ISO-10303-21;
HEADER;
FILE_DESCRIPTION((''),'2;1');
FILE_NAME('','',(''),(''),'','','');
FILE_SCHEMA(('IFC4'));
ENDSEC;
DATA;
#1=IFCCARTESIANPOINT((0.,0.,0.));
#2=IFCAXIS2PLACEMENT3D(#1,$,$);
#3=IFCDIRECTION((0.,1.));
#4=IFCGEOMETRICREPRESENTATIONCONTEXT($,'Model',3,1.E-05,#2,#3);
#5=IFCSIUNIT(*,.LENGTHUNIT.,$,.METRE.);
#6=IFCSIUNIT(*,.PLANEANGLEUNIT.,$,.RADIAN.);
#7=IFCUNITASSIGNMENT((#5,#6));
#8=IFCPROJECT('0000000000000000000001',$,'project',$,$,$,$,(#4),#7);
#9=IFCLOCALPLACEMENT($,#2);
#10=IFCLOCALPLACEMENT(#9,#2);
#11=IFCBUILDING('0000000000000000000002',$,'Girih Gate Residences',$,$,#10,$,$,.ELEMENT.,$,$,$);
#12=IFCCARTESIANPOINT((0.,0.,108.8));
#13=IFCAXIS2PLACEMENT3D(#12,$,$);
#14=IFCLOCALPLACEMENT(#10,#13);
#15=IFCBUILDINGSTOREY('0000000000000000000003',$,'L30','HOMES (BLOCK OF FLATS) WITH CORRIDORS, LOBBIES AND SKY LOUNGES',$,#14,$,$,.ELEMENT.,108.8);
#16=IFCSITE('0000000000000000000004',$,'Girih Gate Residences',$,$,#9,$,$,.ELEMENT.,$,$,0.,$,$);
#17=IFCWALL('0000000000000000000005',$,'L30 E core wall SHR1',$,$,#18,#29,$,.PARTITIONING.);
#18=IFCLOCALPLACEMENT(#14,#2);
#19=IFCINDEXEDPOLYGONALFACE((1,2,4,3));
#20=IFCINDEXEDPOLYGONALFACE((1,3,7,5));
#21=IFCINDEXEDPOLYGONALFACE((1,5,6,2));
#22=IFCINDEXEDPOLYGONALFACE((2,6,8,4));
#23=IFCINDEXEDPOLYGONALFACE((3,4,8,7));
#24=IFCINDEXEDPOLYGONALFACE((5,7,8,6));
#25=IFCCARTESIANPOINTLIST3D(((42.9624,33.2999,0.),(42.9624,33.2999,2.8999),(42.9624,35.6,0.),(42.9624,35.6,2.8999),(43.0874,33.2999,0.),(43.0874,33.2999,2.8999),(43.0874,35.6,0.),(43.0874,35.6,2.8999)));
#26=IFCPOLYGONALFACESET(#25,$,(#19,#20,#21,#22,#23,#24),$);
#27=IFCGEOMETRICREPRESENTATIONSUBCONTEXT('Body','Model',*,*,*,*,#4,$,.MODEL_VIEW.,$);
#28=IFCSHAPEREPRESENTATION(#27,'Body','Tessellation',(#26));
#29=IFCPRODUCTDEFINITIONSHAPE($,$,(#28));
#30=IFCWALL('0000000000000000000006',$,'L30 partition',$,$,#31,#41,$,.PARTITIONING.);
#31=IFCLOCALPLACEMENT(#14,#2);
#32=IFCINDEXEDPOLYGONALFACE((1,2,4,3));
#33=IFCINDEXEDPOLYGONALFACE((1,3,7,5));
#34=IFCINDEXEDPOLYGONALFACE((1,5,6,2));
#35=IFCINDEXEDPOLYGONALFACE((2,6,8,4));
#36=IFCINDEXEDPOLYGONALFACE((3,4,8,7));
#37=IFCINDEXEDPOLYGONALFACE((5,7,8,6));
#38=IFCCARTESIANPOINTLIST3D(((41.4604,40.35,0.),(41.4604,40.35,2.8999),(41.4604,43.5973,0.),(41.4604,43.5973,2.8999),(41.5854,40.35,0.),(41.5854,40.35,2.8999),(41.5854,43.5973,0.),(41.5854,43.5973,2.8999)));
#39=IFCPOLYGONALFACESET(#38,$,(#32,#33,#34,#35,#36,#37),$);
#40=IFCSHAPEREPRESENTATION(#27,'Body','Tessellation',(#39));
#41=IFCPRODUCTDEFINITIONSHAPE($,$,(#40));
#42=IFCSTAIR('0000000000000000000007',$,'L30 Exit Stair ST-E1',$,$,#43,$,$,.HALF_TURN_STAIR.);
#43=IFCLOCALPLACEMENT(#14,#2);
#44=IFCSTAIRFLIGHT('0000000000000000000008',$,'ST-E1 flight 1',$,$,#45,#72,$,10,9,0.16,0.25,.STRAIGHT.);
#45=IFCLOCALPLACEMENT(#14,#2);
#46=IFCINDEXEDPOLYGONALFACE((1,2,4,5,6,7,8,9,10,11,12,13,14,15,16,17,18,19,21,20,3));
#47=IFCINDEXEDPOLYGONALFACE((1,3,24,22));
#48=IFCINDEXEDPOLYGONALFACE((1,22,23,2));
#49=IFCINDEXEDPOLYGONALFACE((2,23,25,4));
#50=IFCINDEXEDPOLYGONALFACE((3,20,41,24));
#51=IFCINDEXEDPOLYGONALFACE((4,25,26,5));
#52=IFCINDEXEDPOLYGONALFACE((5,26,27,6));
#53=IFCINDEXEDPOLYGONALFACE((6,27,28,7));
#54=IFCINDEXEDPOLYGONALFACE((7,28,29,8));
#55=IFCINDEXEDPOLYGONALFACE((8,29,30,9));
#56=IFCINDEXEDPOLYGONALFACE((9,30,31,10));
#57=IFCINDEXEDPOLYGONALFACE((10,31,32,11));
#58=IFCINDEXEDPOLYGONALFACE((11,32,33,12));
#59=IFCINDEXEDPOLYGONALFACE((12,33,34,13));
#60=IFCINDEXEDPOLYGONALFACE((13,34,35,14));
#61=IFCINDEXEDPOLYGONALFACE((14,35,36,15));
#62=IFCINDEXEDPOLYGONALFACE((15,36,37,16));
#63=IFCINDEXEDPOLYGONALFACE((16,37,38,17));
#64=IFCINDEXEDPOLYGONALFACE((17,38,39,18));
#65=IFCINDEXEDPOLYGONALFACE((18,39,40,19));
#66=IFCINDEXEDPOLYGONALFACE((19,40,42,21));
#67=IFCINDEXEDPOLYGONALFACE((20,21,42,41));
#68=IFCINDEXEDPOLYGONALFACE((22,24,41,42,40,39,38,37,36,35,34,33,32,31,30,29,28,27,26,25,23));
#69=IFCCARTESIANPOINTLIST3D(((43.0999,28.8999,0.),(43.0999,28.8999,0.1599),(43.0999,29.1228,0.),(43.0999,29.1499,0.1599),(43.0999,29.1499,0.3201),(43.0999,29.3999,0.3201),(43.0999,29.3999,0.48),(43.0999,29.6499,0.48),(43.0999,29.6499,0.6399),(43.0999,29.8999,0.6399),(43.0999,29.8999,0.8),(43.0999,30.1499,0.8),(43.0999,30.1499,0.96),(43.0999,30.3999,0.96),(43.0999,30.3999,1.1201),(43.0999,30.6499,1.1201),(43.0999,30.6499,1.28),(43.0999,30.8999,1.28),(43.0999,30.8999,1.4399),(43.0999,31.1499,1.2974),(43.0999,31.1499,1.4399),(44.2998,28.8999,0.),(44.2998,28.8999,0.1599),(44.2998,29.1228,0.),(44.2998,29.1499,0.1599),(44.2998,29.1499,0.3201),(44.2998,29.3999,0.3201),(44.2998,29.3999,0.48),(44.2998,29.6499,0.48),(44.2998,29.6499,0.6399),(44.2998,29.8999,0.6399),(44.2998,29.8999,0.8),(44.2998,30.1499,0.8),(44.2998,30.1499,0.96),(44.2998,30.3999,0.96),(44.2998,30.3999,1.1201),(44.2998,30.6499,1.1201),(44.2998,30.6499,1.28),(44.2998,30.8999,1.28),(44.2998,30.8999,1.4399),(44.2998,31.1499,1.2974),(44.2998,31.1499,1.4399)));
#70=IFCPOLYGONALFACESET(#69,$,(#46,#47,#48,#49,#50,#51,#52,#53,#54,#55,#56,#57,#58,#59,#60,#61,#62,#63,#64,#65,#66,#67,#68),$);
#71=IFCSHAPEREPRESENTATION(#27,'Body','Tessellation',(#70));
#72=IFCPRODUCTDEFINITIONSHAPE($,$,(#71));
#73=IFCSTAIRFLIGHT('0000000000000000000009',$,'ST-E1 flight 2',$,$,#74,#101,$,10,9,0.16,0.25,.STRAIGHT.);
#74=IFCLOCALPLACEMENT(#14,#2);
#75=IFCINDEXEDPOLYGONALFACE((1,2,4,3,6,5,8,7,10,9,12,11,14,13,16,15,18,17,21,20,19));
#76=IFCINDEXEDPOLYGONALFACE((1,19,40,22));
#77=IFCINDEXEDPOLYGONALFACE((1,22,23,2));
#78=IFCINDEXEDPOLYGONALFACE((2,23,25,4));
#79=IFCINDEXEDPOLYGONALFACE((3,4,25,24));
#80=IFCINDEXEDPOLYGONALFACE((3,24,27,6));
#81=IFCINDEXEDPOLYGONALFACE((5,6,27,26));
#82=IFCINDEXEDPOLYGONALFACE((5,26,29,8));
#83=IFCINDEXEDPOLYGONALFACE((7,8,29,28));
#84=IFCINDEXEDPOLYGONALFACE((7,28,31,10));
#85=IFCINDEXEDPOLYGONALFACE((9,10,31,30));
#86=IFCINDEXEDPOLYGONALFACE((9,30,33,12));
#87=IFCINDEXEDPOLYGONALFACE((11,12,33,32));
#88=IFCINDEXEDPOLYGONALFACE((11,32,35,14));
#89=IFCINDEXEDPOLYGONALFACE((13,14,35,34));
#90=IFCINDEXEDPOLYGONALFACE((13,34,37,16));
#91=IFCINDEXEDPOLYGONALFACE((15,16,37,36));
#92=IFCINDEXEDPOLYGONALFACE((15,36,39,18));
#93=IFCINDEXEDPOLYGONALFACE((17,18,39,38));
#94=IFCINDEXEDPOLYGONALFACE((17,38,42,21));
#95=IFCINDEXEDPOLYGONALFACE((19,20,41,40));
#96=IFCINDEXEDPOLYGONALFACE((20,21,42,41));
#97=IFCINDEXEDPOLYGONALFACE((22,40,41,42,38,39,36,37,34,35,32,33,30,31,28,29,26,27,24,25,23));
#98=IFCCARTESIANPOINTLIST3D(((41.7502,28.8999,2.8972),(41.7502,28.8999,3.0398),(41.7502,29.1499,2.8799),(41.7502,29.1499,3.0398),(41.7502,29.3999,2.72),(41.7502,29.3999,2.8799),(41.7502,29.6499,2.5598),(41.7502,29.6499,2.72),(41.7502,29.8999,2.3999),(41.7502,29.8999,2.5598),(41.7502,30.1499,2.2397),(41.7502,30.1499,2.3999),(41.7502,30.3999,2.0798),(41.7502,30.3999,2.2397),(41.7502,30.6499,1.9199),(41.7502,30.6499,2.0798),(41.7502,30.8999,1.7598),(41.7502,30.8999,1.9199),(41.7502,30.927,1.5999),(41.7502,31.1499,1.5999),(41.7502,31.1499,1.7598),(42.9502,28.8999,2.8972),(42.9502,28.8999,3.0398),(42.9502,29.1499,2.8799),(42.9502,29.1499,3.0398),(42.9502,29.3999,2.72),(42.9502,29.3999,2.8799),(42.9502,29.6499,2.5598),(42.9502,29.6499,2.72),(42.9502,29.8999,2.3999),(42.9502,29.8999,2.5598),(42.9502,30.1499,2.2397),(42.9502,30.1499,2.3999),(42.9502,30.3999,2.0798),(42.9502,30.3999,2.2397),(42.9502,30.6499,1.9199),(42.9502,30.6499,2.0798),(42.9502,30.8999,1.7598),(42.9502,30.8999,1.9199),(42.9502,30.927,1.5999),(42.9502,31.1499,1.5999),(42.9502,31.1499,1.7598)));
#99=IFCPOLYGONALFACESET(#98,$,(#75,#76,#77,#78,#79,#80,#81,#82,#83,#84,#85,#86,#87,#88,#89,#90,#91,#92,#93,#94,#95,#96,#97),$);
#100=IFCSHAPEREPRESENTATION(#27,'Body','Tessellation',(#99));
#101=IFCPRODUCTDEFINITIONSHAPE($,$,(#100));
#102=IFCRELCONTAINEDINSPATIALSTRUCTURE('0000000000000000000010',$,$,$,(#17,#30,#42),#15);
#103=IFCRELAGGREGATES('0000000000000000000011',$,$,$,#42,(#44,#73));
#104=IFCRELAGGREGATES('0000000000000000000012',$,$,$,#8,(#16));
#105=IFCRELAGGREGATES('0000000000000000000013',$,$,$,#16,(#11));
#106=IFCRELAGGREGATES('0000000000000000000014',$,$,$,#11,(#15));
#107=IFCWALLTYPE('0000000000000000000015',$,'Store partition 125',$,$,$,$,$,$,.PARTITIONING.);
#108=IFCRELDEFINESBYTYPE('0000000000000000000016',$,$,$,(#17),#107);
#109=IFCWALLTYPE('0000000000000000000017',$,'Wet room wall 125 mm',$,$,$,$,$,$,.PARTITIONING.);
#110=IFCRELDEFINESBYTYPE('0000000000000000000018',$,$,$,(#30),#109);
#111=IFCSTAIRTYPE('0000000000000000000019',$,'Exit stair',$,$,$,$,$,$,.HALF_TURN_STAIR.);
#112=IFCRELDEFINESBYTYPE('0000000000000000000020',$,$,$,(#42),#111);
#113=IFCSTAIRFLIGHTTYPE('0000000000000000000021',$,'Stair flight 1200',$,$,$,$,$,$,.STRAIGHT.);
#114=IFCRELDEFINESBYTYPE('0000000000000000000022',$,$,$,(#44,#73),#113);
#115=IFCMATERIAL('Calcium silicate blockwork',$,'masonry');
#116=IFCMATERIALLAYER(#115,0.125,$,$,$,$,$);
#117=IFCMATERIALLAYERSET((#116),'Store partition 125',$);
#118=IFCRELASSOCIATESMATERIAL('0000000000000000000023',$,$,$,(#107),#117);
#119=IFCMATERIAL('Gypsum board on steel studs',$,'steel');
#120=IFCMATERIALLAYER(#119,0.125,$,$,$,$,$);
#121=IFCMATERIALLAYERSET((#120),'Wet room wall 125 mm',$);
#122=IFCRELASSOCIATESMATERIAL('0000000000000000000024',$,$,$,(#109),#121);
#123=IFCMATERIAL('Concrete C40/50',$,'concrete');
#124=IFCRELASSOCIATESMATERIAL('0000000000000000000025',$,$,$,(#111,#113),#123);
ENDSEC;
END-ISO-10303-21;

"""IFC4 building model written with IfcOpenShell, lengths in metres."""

from ifc_helpers import new_model, si_unit, direction, frame, frame_2d, origin, place, context, subcontext, project, spatial, polyline, rectangle, outline, extrude, material, layer, layer_set, type_object, element, aggregate, save


model = new_model("IFC4")

# Units and contexts
model_context = context("Model", 3, precision=1e-05, world=origin(), true_north=direction((0.0, 1.0)))
body_context = subcontext(model_context, "Body", "Model", "MODEL_VIEW")
ifc_project = project(units=[si_unit("LENGTHUNIT", "METRE"), si_unit("PLANEANGLEUNIT", "RADIAN")], contexts=[model_context])

# Site, building, storey
site_placement = place(None, origin())
site = spatial("IfcSite", under=ifc_project, at=site_placement, Name="Girih Gate Residences", CompositionType="ELEMENT", RefElevation=0.0)
building_placement = place(site_placement, origin())
building = spatial("IfcBuilding", under=site, at=building_placement, Name="Girih Gate Residences", CompositionType="ELEMENT")
storey_placement = place(building_placement, frame((0.0, 0.0, 108.8)))
storey = spatial("IfcBuildingStorey", under=building, at=storey_placement, Name="L30", Description="HOMES (BLOCK OF FLATS) WITH CORRIDORS, LOBBIES AND SKY LOUNGES", CompositionType="ELEMENT", Elevation=108.8)

# Shared definitions
ifc_material_1 = material(Name="Gypsum board on steel studs", Category="steel")

# Shared definitions
ifc_material_2 = material(Name="Concrete C40/50", Category="concrete")

# Walls
ifc_material_3 = material(Name="Calcium silicate blockwork", Category="masonry")
ifc_layer_1 = layer(ifc_material_3, 0.125)
ifc_layer_set_1 = layer_set([ifc_layer_1], Name="Store partition 125")
wall_type_1 = type_object("IfcWallType", Name="Store partition 125", PredefinedType="PARTITIONING", material=ifc_layer_set_1)
wall_1_placement = place(storey_placement, frame((43.0249, 33.3, 0.0), z_axis=(0.0, 0.0, 1.0), x_axis=(0.0, 1.0, 0.0)))
element("IfcWall", 1, at=wall_1_placement, inside=storey, type_object=wall_type_1, Name="L30 E core wall SHR1", PredefinedType="PARTITIONING", context=body_context, shape_type="SweptSolid", body=[
    extrude(rectangle(XDim=2.3, YDim=0.125, at=frame_2d((1.1499, 0.0))), origin(), (0.0, 0.0, 1.0), 2.8999),
])
ifc_layer_2 = layer(ifc_material_1, 0.125)
ifc_layer_set_2 = layer_set([ifc_layer_2], Name="Wet room wall 125 mm")
wall_type_2 = type_object("IfcWallType", Name="Wet room wall 125 mm", PredefinedType="PARTITIONING", material=ifc_layer_set_2)
wall_2_placement = place(storey_placement, frame((41.5229, 40.3501, 0.0), z_axis=(0.0, 0.0, 1.0), x_axis=(0.0, 1.0, 0.0)))
element("IfcWall", 2, at=wall_2_placement, inside=storey, type_object=wall_type_2, Name="L30 partition", PredefinedType="PARTITIONING", context=body_context, shape_type="SweptSolid", body=[
    extrude(rectangle(XDim=3.2473, YDim=0.125, at=frame_2d((1.6235, 0.0))), origin(), (0.0, 0.0, 1.0), 2.8999),
])

# Stair, stair flights
stair_type = type_object("IfcStairType", Name="Exit stair", PredefinedType="HALF_TURN_STAIR", material=ifc_material_2)
stair_placement = place(storey_placement, origin())
stair = element("IfcStair", 3, at=stair_placement, inside=storey, type_object=stair_type, Name="L30 Exit Stair ST-E1", PredefinedType="HALF_TURN_STAIR")
stair_flight_type = type_object("IfcStairFlightType", Name="Stair flight 1200", PredefinedType="STRAIGHT", material=ifc_material_2)
stair_flight_1_placement = place(storey_placement, frame((43.7, 28.8999, 0.0), z_axis=(0.0, 0.0, 1.0), x_axis=(0.0, 1.0, 0.0)))
stair_flight_1 = element("IfcStairFlight", 4, at=stair_flight_1_placement, type_object=stair_flight_type, Name="ST-E1 flight 1", NumberOfRisers=10, NumberOfTreads=9, PredefinedType="STRAIGHT", RiserHeight=0.16, TreadLength=0.25, context=body_context, shape_type="SweptSolid", body=[
    extrude(outline(polyline([(0.0, 0.0), (0.0, 0.1599), (0.25, 0.1599), (0.25, 0.3201), (0.5, 0.3201), (0.5, 0.48), (0.75, 0.48), (0.75, 0.6399), (1.0, 0.6399), (1.0, 0.8), (1.25, 0.8), (1.25, 0.96), (1.5, 0.96), (1.5, 1.1201), (1.75, 1.1201), (1.75, 1.28), (2.0, 1.28), (2.0, 1.4399), (2.25, 1.4399), (2.25, 1.6001), (2.25, 1.2974), (0.2229, 0.0), (0.0, 0.0)])), frame((0.0, 0.6001, 0.0), z_axis=(0.0, -1.0, 0.0), x_axis=(1.0, 0.0, 0.0)), (0.0, 0.0, 1.0), 1.2),
])
stair_flight_2_placement = place(storey_placement, frame((42.3501, 31.1499, 1.5999), z_axis=(0.0, 0.0, 1.0), x_axis=(0.0, -1.0, 0.0)))
stair_flight_2 = element("IfcStairFlight", 5, at=stair_flight_2_placement, type_object=stair_flight_type, Name="ST-E1 flight 2", NumberOfRisers=10, NumberOfTreads=9, PredefinedType="STRAIGHT", RiserHeight=0.16, TreadLength=0.25, context=body_context, shape_type="SweptSolid", body=[
    extrude(outline(polyline([(0.0, 0.0), (0.0, 0.1599), (0.25, 0.1599), (0.25, 0.3201), (0.5, 0.3201), (0.5, 0.48), (0.75, 0.48), (0.75, 0.6399), (1.0, 0.6399), (1.0, 0.8), (1.25, 0.8), (1.25, 0.96), (1.5, 0.96), (1.5, 1.1201), (1.75, 1.1201), (1.75, 1.28), (2.0, 1.28), (2.0, 1.4399), (2.25, 1.4399), (2.25, 1.6001), (2.25, 1.2974), (0.2229, 0.0), (0.0, 0.0)])), frame((0.0, 0.6001, 0.0), z_axis=(0.0, -1.0, 0.0), x_axis=(1.0, 0.0, 0.0)), (0.0, 0.0, 1.0), 1.2),
])
aggregate(stair, [stair_flight_1, stair_flight_2])

save(model, "model.ifc")
